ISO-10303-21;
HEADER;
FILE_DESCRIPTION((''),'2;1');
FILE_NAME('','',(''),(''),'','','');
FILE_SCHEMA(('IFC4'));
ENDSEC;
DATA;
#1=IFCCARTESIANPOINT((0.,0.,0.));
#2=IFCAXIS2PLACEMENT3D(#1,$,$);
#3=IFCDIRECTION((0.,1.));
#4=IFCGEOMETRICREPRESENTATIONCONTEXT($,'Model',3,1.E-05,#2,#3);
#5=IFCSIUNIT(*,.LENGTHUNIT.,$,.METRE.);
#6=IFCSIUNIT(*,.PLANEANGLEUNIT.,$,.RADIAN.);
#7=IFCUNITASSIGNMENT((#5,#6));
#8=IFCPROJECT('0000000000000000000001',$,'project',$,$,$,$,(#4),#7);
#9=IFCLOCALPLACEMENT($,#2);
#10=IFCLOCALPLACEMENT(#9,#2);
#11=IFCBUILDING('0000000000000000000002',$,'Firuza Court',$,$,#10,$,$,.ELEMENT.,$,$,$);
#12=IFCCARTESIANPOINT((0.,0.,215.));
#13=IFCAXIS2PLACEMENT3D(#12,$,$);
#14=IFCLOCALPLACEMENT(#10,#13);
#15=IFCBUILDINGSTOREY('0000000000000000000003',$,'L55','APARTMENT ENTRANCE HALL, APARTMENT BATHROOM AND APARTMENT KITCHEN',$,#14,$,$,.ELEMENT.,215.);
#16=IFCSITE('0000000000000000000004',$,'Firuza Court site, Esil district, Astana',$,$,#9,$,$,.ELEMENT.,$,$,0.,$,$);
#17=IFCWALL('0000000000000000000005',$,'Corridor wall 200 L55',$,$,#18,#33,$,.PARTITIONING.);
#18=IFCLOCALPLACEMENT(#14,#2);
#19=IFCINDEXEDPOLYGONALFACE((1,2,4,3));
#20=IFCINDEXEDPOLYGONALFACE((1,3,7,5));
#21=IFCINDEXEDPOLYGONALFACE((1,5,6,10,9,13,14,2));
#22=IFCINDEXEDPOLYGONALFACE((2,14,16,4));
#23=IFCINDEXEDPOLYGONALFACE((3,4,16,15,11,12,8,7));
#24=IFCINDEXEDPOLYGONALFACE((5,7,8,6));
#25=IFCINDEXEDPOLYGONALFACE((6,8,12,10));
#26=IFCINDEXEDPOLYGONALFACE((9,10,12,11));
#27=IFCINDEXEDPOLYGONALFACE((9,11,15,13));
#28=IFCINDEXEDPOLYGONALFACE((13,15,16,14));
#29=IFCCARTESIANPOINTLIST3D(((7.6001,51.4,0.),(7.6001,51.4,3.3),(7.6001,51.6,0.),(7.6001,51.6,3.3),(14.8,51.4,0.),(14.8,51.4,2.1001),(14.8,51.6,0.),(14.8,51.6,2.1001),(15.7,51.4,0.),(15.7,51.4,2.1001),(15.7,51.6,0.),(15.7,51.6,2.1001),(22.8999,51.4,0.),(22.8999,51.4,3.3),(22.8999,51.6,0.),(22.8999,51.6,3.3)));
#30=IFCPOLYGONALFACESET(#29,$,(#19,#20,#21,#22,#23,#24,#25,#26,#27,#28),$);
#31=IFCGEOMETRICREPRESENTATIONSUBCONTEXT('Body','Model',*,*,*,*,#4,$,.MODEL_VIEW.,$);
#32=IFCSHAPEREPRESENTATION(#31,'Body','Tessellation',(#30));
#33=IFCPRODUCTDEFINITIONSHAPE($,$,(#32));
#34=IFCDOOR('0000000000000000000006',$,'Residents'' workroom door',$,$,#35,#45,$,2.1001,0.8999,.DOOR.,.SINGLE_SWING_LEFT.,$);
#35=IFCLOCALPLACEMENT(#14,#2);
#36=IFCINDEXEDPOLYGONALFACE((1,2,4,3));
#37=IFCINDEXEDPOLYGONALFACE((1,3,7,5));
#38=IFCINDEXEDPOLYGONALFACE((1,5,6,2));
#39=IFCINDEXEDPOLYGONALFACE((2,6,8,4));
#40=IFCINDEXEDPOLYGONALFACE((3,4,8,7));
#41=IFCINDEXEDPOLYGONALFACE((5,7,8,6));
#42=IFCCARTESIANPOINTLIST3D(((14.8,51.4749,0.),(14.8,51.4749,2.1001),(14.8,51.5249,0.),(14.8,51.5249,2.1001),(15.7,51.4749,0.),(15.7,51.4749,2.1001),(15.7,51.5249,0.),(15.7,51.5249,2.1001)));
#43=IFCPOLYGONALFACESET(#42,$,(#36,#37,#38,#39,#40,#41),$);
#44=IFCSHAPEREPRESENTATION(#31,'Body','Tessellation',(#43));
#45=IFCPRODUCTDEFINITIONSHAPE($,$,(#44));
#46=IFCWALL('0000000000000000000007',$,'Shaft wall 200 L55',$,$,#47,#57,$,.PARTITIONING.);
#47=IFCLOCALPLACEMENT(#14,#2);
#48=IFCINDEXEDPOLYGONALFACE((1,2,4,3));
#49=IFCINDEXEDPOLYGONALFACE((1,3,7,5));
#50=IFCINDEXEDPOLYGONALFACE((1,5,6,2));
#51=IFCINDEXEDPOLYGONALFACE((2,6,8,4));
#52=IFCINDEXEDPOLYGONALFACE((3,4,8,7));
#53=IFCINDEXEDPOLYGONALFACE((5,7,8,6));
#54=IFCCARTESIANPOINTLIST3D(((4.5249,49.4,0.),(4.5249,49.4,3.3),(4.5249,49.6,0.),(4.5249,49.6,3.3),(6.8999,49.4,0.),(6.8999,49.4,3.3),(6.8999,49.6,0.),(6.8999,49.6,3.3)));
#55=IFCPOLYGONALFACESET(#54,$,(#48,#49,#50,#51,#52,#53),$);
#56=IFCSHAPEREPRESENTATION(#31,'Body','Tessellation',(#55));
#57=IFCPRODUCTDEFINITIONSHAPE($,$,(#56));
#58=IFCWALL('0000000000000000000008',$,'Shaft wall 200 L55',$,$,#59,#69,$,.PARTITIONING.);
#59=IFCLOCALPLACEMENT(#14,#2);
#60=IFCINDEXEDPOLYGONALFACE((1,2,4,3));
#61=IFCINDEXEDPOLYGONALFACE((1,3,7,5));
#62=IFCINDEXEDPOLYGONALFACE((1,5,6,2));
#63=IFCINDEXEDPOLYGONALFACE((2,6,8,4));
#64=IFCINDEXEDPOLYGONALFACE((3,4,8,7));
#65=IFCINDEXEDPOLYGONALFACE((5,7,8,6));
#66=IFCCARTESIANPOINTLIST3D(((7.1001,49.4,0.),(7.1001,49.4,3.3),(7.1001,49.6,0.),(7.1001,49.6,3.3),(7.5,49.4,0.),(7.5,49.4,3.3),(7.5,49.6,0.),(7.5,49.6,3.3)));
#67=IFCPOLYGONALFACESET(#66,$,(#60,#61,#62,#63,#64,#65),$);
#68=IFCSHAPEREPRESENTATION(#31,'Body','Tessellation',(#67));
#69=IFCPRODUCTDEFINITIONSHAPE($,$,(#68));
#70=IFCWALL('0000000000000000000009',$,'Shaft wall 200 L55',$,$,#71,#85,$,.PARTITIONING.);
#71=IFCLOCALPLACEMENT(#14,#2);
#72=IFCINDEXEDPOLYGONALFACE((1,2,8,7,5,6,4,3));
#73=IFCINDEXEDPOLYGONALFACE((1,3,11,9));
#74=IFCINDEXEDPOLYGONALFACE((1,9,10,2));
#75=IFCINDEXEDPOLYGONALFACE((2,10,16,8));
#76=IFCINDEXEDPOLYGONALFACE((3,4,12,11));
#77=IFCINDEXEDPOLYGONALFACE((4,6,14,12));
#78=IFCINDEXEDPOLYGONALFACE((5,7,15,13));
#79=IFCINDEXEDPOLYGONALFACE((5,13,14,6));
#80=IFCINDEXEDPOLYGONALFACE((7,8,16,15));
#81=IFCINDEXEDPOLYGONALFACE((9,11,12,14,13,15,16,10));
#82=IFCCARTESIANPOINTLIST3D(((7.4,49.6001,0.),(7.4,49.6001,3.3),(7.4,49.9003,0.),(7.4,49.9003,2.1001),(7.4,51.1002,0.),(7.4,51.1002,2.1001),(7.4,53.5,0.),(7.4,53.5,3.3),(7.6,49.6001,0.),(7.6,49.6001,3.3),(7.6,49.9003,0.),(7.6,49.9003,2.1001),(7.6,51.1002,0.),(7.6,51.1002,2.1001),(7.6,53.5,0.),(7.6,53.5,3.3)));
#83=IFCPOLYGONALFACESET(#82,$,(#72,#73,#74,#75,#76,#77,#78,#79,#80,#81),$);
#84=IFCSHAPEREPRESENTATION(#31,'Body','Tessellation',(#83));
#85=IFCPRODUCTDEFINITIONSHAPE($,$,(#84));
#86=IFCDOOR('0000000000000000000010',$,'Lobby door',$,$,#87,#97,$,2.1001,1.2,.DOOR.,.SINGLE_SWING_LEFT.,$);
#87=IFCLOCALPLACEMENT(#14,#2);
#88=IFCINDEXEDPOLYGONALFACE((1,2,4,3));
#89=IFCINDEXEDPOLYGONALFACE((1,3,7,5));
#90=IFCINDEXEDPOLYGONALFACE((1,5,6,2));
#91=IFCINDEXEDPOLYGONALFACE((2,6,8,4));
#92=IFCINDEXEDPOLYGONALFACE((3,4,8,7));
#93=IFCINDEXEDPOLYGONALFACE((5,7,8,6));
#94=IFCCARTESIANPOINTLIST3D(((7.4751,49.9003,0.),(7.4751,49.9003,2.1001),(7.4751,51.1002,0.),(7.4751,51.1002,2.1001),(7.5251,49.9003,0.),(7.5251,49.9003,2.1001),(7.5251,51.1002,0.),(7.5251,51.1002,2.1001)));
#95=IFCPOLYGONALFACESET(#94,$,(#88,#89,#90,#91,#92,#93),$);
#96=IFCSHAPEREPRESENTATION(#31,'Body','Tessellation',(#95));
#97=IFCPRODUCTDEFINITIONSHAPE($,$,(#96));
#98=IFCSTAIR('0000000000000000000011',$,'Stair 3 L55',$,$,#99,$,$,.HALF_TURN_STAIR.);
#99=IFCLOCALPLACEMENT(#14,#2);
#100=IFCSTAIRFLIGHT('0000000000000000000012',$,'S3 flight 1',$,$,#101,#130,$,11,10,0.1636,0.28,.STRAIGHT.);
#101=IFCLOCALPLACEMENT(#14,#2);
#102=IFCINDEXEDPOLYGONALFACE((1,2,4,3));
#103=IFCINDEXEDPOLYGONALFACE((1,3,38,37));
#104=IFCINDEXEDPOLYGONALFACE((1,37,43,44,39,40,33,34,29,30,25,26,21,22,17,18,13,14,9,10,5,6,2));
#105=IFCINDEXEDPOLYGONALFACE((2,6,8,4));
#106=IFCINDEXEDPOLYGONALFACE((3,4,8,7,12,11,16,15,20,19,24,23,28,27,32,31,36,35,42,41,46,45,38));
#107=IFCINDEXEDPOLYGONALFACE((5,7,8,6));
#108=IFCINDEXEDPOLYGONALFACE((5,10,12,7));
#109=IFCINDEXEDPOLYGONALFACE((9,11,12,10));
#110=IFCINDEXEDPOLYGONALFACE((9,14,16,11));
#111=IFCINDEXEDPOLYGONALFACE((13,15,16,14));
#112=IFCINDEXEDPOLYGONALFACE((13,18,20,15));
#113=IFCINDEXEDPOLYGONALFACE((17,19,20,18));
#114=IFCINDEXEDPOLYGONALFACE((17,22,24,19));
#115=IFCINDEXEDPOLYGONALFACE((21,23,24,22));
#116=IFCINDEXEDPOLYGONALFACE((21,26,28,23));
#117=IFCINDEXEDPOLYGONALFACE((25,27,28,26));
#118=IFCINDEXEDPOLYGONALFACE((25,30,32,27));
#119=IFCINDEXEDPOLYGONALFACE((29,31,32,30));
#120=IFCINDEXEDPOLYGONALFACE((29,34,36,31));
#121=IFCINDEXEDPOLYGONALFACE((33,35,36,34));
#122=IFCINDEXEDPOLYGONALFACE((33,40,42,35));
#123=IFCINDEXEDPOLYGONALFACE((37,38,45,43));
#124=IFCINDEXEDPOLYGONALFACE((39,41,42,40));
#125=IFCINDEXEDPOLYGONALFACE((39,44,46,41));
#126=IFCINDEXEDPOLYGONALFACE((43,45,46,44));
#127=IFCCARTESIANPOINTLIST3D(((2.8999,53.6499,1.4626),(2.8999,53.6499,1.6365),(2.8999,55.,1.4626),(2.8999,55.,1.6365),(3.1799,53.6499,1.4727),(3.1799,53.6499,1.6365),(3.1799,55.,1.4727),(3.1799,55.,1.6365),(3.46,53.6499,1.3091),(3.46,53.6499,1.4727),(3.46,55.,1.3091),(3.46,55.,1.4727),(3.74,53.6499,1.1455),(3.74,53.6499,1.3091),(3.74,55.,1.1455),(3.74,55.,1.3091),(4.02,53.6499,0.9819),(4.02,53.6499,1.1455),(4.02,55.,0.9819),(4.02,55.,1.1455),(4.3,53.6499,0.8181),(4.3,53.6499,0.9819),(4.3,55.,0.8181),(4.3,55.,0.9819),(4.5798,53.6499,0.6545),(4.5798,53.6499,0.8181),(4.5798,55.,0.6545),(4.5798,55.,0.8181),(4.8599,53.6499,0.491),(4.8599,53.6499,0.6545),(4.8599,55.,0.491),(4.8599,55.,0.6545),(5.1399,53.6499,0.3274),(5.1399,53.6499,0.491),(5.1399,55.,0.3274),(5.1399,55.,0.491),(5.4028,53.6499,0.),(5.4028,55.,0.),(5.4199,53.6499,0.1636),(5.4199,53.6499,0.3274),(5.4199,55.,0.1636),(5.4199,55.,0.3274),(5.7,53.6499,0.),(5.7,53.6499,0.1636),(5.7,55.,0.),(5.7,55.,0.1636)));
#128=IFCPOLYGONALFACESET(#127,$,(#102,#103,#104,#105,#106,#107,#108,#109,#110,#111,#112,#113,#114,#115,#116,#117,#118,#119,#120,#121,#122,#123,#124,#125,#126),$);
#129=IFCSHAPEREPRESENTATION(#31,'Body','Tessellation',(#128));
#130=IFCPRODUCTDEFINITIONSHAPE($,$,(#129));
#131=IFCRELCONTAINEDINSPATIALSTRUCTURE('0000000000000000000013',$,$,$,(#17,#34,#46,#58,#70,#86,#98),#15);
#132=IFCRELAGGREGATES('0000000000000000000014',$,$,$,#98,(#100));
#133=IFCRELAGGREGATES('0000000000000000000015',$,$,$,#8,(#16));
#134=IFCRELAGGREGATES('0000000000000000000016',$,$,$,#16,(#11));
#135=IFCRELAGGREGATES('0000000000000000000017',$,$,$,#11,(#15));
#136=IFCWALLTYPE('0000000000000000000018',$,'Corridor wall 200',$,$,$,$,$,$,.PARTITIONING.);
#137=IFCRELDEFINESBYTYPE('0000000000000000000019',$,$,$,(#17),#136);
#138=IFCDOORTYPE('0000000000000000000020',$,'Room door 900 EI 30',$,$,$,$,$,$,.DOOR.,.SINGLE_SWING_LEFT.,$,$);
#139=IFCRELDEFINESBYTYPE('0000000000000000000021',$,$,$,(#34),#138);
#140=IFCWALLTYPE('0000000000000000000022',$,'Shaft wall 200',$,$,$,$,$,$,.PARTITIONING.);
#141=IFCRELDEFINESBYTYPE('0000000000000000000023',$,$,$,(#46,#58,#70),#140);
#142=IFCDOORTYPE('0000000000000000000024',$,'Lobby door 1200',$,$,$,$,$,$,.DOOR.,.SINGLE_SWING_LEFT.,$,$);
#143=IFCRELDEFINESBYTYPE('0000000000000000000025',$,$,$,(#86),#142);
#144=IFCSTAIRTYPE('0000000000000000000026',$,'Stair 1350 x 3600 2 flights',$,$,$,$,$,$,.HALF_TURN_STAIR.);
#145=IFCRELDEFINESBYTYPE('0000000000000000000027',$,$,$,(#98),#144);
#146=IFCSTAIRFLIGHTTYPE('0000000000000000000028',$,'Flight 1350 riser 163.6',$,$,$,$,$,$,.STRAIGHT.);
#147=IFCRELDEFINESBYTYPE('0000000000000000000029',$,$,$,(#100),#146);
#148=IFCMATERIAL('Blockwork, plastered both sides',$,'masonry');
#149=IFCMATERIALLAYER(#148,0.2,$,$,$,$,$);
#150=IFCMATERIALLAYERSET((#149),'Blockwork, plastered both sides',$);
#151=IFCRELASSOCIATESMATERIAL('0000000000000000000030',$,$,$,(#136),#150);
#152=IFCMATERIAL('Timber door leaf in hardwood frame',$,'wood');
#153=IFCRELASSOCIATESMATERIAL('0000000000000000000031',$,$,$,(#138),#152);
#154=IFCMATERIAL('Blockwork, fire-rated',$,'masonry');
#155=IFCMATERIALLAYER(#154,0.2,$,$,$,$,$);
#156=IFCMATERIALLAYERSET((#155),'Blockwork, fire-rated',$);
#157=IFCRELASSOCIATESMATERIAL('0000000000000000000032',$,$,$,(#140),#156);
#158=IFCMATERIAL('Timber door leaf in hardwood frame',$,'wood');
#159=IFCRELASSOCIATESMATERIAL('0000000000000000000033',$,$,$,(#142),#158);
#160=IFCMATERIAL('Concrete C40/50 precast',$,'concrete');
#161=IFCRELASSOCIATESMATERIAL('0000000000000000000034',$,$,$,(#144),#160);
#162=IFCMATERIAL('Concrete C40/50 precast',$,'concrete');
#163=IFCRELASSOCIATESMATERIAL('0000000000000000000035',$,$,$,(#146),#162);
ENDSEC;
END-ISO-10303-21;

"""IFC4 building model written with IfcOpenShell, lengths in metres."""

from ifc_helpers import new_model, si_unit, direction, frame, frame_2d, origin, place, context, subcontext, project, spatial, polyline, rectangle, outline, extrude, material, layer, layer_set, type_object, element, fill, aggregate, save


model = new_model("IFC4")

# Units and contexts
model_context = context("Model", 3, precision=1e-05, world=origin(), true_north=direction((0.0, 1.0)))
body_context = subcontext(model_context, "Body", "Model", "MODEL_VIEW")
ifc_project = project(units=[si_unit("LENGTHUNIT", "METRE"), si_unit("PLANEANGLEUNIT", "RADIAN")], contexts=[model_context])

# Site, building, storey
site_placement = place(None, origin())
site = spatial("IfcSite", under=ifc_project, at=site_placement, Name="Firuza Court site, Esil district, Astana", CompositionType="ELEMENT", RefElevation=0.0)
building_placement = place(site_placement, origin())
building = spatial("IfcBuilding", under=site, at=building_placement, Name="Firuza Court", CompositionType="ELEMENT")
storey_placement = place(building_placement, frame((0.0, 0.0, 215.0)))
storey = spatial("IfcBuildingStorey", under=building, at=storey_placement, Name="L55", Description="APARTMENT ENTRANCE HALL, APARTMENT BATHROOM AND APARTMENT KITCHEN", CompositionType="ELEMENT", Elevation=215.0)

# Shared definitions
ifc_material_1 = material(Name="Blockwork, plastered both sides", Category="masonry")
ifc_layer_1 = layer(ifc_material_1, 0.2)
ifc_layer_set_1 = layer_set([ifc_layer_1], Name="Blockwork, plastered both sides")
wall_type_1 = type_object("IfcWallType", Name="Corridor wall 200", PredefinedType="PARTITIONING", material=ifc_layer_set_1)

# Wall, opening, door
wall_1_placement = place(storey_placement, frame((7.6001, 51.5, 0.0), z_axis=(0.0, 0.0, 1.0), x_axis=(1.0, 0.0, 0.0)))
wall_1 = element("IfcWall", 1, at=wall_1_placement, inside=storey, type_object=wall_type_1, Name="Corridor wall 200 L55", PredefinedType="PARTITIONING", context=body_context, shape_type="SweptSolid", body=[
    extrude(rectangle(XDim=15.2998, YDim=0.2, at=frame_2d((7.6499, 0.0))), origin(), (0.0, 0.0, 1.0), 3.3),
])
opening_1_placement = place(wall_1_placement, frame((7.2, 0.0, 0.0)))
opening_1 = element("IfcOpeningElement", 2, at=opening_1_placement, cuts=wall_1, PredefinedType="OPENING", context=body_context, shape_type="SweptSolid", body=[
    extrude(rectangle(XDim=0.8999, YDim=2.1001, at=frame_2d((0.45, 1.05))), frame((0.0, 0.1118, 0.0), z_axis=(0.0, -1.0, 0.0), x_axis=(1.0, 0.0, 0.0)), (0.0, 0.0, 1.0), 0.2239),
])
ifc_material_2 = material(Name="Timber door leaf in hardwood frame", Category="wood")
door_type_1 = type_object("IfcDoorType", Name="Room door 900 EI 30", OperationType="SINGLE_SWING_LEFT", PredefinedType="DOOR", material=ifc_material_2)
door_1_placement = place(opening_1_placement, origin())
door_1 = element("IfcDoor", 3, at=door_1_placement, inside=storey, type_object=door_type_1, Name="Residents' workroom door", OperationType="SINGLE_SWING_LEFT", OverallHeight=2.1001, OverallWidth=0.8999, PredefinedType="DOOR", context=body_context, shape_type="SweptSolid", body=[
    extrude(rectangle(XDim=0.8999, YDim=2.1001, at=frame_2d((0.45, 1.05))), frame((0.0, 0.0249, 0.0), z_axis=(0.0, -1.0, 0.0), x_axis=(1.0, 0.0, 0.0)), (0.0, 0.0, 1.0), 0.05),
])
fill(opening_1, door_1)

# Walls
ifc_material_3 = material(Name="Blockwork, fire-rated", Category="masonry")
ifc_layer_2 = layer(ifc_material_3, 0.2)
ifc_layer_set_2 = layer_set([ifc_layer_2], Name="Blockwork, fire-rated")
wall_type_2 = type_object("IfcWallType", Name="Shaft wall 200", PredefinedType="PARTITIONING", material=ifc_layer_set_2)
wall_2_placement = place(storey_placement, frame((4.5249, 49.5, 0.0), z_axis=(0.0, 0.0, 1.0), x_axis=(1.0, 0.0, 0.0)))
element("IfcWall", 4, at=wall_2_placement, inside=storey, type_object=wall_type_2, Name="Shaft wall 200 L55", PredefinedType="PARTITIONING", context=body_context, shape_type="SweptSolid", body=[
    extrude(rectangle(XDim=2.375, YDim=0.2, at=frame_2d((1.1875, 0.0))), origin(), (0.0, 0.0, 1.0), 3.3),
])
wall_3_placement = place(storey_placement, frame((7.1001, 49.5, 0.0), z_axis=(0.0, 0.0, 1.0), x_axis=(1.0, 0.0, 0.0)))
element("IfcWall", 5, at=wall_3_placement, inside=storey, type_object=wall_type_2, Name="Shaft wall 200 L55", PredefinedType="PARTITIONING", context=body_context, shape_type="SweptSolid", body=[
    extrude(rectangle(XDim=0.3999, YDim=0.2, at=frame_2d((0.2, 0.0))), origin(), (0.0, 0.0, 1.0), 3.3),
])

# Wall, opening, door
wall_4_placement = place(storey_placement, frame((7.5, 49.6001, 0.0), z_axis=(0.0, 0.0, 1.0), x_axis=(0.0, 1.0, 0.0)))
wall_4 = element("IfcWall", 6, at=wall_4_placement, inside=storey, type_object=wall_type_2, Name="Shaft wall 200 L55", PredefinedType="PARTITIONING", context=body_context, shape_type="SweptSolid", body=[
    extrude(rectangle(XDim=3.8999, YDim=0.2, at=frame_2d((1.95, 0.0))), origin(), (0.0, 0.0, 1.0), 3.3),
])
opening_2_placement = place(wall_4_placement, frame((0.3, 0.0, 0.0)))
opening_2 = element("IfcOpeningElement", 7, at=opening_2_placement, cuts=wall_4, PredefinedType="OPENING", context=body_context, shape_type="SweptSolid", body=[
    extrude(rectangle(XDim=1.2, YDim=2.1001, at=frame_2d((0.6001, 1.05))), frame((0.0, 0.1118, 0.0), z_axis=(0.0, -1.0, 0.0), x_axis=(1.0, 0.0, 0.0)), (0.0, 0.0, 1.0), 0.2239),
])
ifc_material_4 = material(Name="Timber door leaf in hardwood frame", Category="wood")
door_type_2 = type_object("IfcDoorType", Name="Lobby door 1200", OperationType="SINGLE_SWING_LEFT", PredefinedType="DOOR", material=ifc_material_4)
door_2_placement = place(opening_2_placement, origin())
door_2 = element("IfcDoor", 8, at=door_2_placement, inside=storey, type_object=door_type_2, Name="Lobby door", OperationType="SINGLE_SWING_LEFT", OverallHeight=2.1001, OverallWidth=1.2, PredefinedType="DOOR", context=body_context, shape_type="SweptSolid", body=[
    extrude(rectangle(XDim=1.2, YDim=2.1001, at=frame_2d((0.6001, 1.05))), frame((0.0, 0.0249, 0.0), z_axis=(0.0, -1.0, 0.0), x_axis=(1.0, 0.0, 0.0)), (0.0, 0.0, 1.0), 0.05),
])
fill(opening_2, door_2)

# Stair, stair flight
ifc_material_5 = material(Name="Concrete C40/50 precast", Category="concrete")
stair_type = type_object("IfcStairType", Name="Stair 1350 x 3600 2 flights", PredefinedType="HALF_TURN_STAIR", material=ifc_material_5)
stair_placement = place(storey_placement, origin())
stair = element("IfcStair", 9, at=stair_placement, inside=storey, type_object=stair_type, Name="Stair 3 L55", PredefinedType="HALF_TURN_STAIR")
ifc_material_6 = material(Name="Concrete C40/50 precast", Category="concrete")
stair_flight_type = type_object("IfcStairFlightType", Name="Flight 1350 riser 163.6", PredefinedType="STRAIGHT", material=ifc_material_6)
stair_flight_placement = place(storey_placement, frame((5.7, 54.325, 0.0), z_axis=(0.0, 0.0, 1.0), x_axis=(-1.0, 0.0, 0.0)))
stair_flight = element("IfcStairFlight", 10, at=stair_flight_placement, type_object=stair_flight_type, Name="S3 flight 1", NumberOfRisers=11, NumberOfTreads=10, PredefinedType="STRAIGHT", RiserHeight=0.1636, TreadLength=0.28, context=body_context, shape_type="SweptSolid", body=[
    extrude(outline(polyline([(0.0, 0.0), (0.0, 0.1636), (0.28, 0.1636), (0.28, 0.3274), (0.5601, 0.3274), (0.5601, 0.491), (0.8401, 0.491), (0.8401, 0.6545), (1.1201, 0.6545), (1.1201, 0.8181), (1.3999, 0.8181), (1.3999, 0.9819), (1.6799, 0.9819), (1.6799, 1.1455), (1.96, 1.1455), (1.96, 1.3091), (2.24, 1.3091), (2.24, 1.4727), (2.52, 1.4727), (2.52, 1.6365), (2.8, 1.6365), (2.8, 1.8), (2.8, 1.4626), (0.2971, 0.0), (0.0, 0.0)])), frame((0.0, 0.675, 0.0), z_axis=(0.0, -1.0, 0.0), x_axis=(1.0, 0.0, 0.0)), (0.0, 0.0, 1.0), 1.3501),
])
aggregate(stair, [stair_flight])

save(model, "model.ifc")
